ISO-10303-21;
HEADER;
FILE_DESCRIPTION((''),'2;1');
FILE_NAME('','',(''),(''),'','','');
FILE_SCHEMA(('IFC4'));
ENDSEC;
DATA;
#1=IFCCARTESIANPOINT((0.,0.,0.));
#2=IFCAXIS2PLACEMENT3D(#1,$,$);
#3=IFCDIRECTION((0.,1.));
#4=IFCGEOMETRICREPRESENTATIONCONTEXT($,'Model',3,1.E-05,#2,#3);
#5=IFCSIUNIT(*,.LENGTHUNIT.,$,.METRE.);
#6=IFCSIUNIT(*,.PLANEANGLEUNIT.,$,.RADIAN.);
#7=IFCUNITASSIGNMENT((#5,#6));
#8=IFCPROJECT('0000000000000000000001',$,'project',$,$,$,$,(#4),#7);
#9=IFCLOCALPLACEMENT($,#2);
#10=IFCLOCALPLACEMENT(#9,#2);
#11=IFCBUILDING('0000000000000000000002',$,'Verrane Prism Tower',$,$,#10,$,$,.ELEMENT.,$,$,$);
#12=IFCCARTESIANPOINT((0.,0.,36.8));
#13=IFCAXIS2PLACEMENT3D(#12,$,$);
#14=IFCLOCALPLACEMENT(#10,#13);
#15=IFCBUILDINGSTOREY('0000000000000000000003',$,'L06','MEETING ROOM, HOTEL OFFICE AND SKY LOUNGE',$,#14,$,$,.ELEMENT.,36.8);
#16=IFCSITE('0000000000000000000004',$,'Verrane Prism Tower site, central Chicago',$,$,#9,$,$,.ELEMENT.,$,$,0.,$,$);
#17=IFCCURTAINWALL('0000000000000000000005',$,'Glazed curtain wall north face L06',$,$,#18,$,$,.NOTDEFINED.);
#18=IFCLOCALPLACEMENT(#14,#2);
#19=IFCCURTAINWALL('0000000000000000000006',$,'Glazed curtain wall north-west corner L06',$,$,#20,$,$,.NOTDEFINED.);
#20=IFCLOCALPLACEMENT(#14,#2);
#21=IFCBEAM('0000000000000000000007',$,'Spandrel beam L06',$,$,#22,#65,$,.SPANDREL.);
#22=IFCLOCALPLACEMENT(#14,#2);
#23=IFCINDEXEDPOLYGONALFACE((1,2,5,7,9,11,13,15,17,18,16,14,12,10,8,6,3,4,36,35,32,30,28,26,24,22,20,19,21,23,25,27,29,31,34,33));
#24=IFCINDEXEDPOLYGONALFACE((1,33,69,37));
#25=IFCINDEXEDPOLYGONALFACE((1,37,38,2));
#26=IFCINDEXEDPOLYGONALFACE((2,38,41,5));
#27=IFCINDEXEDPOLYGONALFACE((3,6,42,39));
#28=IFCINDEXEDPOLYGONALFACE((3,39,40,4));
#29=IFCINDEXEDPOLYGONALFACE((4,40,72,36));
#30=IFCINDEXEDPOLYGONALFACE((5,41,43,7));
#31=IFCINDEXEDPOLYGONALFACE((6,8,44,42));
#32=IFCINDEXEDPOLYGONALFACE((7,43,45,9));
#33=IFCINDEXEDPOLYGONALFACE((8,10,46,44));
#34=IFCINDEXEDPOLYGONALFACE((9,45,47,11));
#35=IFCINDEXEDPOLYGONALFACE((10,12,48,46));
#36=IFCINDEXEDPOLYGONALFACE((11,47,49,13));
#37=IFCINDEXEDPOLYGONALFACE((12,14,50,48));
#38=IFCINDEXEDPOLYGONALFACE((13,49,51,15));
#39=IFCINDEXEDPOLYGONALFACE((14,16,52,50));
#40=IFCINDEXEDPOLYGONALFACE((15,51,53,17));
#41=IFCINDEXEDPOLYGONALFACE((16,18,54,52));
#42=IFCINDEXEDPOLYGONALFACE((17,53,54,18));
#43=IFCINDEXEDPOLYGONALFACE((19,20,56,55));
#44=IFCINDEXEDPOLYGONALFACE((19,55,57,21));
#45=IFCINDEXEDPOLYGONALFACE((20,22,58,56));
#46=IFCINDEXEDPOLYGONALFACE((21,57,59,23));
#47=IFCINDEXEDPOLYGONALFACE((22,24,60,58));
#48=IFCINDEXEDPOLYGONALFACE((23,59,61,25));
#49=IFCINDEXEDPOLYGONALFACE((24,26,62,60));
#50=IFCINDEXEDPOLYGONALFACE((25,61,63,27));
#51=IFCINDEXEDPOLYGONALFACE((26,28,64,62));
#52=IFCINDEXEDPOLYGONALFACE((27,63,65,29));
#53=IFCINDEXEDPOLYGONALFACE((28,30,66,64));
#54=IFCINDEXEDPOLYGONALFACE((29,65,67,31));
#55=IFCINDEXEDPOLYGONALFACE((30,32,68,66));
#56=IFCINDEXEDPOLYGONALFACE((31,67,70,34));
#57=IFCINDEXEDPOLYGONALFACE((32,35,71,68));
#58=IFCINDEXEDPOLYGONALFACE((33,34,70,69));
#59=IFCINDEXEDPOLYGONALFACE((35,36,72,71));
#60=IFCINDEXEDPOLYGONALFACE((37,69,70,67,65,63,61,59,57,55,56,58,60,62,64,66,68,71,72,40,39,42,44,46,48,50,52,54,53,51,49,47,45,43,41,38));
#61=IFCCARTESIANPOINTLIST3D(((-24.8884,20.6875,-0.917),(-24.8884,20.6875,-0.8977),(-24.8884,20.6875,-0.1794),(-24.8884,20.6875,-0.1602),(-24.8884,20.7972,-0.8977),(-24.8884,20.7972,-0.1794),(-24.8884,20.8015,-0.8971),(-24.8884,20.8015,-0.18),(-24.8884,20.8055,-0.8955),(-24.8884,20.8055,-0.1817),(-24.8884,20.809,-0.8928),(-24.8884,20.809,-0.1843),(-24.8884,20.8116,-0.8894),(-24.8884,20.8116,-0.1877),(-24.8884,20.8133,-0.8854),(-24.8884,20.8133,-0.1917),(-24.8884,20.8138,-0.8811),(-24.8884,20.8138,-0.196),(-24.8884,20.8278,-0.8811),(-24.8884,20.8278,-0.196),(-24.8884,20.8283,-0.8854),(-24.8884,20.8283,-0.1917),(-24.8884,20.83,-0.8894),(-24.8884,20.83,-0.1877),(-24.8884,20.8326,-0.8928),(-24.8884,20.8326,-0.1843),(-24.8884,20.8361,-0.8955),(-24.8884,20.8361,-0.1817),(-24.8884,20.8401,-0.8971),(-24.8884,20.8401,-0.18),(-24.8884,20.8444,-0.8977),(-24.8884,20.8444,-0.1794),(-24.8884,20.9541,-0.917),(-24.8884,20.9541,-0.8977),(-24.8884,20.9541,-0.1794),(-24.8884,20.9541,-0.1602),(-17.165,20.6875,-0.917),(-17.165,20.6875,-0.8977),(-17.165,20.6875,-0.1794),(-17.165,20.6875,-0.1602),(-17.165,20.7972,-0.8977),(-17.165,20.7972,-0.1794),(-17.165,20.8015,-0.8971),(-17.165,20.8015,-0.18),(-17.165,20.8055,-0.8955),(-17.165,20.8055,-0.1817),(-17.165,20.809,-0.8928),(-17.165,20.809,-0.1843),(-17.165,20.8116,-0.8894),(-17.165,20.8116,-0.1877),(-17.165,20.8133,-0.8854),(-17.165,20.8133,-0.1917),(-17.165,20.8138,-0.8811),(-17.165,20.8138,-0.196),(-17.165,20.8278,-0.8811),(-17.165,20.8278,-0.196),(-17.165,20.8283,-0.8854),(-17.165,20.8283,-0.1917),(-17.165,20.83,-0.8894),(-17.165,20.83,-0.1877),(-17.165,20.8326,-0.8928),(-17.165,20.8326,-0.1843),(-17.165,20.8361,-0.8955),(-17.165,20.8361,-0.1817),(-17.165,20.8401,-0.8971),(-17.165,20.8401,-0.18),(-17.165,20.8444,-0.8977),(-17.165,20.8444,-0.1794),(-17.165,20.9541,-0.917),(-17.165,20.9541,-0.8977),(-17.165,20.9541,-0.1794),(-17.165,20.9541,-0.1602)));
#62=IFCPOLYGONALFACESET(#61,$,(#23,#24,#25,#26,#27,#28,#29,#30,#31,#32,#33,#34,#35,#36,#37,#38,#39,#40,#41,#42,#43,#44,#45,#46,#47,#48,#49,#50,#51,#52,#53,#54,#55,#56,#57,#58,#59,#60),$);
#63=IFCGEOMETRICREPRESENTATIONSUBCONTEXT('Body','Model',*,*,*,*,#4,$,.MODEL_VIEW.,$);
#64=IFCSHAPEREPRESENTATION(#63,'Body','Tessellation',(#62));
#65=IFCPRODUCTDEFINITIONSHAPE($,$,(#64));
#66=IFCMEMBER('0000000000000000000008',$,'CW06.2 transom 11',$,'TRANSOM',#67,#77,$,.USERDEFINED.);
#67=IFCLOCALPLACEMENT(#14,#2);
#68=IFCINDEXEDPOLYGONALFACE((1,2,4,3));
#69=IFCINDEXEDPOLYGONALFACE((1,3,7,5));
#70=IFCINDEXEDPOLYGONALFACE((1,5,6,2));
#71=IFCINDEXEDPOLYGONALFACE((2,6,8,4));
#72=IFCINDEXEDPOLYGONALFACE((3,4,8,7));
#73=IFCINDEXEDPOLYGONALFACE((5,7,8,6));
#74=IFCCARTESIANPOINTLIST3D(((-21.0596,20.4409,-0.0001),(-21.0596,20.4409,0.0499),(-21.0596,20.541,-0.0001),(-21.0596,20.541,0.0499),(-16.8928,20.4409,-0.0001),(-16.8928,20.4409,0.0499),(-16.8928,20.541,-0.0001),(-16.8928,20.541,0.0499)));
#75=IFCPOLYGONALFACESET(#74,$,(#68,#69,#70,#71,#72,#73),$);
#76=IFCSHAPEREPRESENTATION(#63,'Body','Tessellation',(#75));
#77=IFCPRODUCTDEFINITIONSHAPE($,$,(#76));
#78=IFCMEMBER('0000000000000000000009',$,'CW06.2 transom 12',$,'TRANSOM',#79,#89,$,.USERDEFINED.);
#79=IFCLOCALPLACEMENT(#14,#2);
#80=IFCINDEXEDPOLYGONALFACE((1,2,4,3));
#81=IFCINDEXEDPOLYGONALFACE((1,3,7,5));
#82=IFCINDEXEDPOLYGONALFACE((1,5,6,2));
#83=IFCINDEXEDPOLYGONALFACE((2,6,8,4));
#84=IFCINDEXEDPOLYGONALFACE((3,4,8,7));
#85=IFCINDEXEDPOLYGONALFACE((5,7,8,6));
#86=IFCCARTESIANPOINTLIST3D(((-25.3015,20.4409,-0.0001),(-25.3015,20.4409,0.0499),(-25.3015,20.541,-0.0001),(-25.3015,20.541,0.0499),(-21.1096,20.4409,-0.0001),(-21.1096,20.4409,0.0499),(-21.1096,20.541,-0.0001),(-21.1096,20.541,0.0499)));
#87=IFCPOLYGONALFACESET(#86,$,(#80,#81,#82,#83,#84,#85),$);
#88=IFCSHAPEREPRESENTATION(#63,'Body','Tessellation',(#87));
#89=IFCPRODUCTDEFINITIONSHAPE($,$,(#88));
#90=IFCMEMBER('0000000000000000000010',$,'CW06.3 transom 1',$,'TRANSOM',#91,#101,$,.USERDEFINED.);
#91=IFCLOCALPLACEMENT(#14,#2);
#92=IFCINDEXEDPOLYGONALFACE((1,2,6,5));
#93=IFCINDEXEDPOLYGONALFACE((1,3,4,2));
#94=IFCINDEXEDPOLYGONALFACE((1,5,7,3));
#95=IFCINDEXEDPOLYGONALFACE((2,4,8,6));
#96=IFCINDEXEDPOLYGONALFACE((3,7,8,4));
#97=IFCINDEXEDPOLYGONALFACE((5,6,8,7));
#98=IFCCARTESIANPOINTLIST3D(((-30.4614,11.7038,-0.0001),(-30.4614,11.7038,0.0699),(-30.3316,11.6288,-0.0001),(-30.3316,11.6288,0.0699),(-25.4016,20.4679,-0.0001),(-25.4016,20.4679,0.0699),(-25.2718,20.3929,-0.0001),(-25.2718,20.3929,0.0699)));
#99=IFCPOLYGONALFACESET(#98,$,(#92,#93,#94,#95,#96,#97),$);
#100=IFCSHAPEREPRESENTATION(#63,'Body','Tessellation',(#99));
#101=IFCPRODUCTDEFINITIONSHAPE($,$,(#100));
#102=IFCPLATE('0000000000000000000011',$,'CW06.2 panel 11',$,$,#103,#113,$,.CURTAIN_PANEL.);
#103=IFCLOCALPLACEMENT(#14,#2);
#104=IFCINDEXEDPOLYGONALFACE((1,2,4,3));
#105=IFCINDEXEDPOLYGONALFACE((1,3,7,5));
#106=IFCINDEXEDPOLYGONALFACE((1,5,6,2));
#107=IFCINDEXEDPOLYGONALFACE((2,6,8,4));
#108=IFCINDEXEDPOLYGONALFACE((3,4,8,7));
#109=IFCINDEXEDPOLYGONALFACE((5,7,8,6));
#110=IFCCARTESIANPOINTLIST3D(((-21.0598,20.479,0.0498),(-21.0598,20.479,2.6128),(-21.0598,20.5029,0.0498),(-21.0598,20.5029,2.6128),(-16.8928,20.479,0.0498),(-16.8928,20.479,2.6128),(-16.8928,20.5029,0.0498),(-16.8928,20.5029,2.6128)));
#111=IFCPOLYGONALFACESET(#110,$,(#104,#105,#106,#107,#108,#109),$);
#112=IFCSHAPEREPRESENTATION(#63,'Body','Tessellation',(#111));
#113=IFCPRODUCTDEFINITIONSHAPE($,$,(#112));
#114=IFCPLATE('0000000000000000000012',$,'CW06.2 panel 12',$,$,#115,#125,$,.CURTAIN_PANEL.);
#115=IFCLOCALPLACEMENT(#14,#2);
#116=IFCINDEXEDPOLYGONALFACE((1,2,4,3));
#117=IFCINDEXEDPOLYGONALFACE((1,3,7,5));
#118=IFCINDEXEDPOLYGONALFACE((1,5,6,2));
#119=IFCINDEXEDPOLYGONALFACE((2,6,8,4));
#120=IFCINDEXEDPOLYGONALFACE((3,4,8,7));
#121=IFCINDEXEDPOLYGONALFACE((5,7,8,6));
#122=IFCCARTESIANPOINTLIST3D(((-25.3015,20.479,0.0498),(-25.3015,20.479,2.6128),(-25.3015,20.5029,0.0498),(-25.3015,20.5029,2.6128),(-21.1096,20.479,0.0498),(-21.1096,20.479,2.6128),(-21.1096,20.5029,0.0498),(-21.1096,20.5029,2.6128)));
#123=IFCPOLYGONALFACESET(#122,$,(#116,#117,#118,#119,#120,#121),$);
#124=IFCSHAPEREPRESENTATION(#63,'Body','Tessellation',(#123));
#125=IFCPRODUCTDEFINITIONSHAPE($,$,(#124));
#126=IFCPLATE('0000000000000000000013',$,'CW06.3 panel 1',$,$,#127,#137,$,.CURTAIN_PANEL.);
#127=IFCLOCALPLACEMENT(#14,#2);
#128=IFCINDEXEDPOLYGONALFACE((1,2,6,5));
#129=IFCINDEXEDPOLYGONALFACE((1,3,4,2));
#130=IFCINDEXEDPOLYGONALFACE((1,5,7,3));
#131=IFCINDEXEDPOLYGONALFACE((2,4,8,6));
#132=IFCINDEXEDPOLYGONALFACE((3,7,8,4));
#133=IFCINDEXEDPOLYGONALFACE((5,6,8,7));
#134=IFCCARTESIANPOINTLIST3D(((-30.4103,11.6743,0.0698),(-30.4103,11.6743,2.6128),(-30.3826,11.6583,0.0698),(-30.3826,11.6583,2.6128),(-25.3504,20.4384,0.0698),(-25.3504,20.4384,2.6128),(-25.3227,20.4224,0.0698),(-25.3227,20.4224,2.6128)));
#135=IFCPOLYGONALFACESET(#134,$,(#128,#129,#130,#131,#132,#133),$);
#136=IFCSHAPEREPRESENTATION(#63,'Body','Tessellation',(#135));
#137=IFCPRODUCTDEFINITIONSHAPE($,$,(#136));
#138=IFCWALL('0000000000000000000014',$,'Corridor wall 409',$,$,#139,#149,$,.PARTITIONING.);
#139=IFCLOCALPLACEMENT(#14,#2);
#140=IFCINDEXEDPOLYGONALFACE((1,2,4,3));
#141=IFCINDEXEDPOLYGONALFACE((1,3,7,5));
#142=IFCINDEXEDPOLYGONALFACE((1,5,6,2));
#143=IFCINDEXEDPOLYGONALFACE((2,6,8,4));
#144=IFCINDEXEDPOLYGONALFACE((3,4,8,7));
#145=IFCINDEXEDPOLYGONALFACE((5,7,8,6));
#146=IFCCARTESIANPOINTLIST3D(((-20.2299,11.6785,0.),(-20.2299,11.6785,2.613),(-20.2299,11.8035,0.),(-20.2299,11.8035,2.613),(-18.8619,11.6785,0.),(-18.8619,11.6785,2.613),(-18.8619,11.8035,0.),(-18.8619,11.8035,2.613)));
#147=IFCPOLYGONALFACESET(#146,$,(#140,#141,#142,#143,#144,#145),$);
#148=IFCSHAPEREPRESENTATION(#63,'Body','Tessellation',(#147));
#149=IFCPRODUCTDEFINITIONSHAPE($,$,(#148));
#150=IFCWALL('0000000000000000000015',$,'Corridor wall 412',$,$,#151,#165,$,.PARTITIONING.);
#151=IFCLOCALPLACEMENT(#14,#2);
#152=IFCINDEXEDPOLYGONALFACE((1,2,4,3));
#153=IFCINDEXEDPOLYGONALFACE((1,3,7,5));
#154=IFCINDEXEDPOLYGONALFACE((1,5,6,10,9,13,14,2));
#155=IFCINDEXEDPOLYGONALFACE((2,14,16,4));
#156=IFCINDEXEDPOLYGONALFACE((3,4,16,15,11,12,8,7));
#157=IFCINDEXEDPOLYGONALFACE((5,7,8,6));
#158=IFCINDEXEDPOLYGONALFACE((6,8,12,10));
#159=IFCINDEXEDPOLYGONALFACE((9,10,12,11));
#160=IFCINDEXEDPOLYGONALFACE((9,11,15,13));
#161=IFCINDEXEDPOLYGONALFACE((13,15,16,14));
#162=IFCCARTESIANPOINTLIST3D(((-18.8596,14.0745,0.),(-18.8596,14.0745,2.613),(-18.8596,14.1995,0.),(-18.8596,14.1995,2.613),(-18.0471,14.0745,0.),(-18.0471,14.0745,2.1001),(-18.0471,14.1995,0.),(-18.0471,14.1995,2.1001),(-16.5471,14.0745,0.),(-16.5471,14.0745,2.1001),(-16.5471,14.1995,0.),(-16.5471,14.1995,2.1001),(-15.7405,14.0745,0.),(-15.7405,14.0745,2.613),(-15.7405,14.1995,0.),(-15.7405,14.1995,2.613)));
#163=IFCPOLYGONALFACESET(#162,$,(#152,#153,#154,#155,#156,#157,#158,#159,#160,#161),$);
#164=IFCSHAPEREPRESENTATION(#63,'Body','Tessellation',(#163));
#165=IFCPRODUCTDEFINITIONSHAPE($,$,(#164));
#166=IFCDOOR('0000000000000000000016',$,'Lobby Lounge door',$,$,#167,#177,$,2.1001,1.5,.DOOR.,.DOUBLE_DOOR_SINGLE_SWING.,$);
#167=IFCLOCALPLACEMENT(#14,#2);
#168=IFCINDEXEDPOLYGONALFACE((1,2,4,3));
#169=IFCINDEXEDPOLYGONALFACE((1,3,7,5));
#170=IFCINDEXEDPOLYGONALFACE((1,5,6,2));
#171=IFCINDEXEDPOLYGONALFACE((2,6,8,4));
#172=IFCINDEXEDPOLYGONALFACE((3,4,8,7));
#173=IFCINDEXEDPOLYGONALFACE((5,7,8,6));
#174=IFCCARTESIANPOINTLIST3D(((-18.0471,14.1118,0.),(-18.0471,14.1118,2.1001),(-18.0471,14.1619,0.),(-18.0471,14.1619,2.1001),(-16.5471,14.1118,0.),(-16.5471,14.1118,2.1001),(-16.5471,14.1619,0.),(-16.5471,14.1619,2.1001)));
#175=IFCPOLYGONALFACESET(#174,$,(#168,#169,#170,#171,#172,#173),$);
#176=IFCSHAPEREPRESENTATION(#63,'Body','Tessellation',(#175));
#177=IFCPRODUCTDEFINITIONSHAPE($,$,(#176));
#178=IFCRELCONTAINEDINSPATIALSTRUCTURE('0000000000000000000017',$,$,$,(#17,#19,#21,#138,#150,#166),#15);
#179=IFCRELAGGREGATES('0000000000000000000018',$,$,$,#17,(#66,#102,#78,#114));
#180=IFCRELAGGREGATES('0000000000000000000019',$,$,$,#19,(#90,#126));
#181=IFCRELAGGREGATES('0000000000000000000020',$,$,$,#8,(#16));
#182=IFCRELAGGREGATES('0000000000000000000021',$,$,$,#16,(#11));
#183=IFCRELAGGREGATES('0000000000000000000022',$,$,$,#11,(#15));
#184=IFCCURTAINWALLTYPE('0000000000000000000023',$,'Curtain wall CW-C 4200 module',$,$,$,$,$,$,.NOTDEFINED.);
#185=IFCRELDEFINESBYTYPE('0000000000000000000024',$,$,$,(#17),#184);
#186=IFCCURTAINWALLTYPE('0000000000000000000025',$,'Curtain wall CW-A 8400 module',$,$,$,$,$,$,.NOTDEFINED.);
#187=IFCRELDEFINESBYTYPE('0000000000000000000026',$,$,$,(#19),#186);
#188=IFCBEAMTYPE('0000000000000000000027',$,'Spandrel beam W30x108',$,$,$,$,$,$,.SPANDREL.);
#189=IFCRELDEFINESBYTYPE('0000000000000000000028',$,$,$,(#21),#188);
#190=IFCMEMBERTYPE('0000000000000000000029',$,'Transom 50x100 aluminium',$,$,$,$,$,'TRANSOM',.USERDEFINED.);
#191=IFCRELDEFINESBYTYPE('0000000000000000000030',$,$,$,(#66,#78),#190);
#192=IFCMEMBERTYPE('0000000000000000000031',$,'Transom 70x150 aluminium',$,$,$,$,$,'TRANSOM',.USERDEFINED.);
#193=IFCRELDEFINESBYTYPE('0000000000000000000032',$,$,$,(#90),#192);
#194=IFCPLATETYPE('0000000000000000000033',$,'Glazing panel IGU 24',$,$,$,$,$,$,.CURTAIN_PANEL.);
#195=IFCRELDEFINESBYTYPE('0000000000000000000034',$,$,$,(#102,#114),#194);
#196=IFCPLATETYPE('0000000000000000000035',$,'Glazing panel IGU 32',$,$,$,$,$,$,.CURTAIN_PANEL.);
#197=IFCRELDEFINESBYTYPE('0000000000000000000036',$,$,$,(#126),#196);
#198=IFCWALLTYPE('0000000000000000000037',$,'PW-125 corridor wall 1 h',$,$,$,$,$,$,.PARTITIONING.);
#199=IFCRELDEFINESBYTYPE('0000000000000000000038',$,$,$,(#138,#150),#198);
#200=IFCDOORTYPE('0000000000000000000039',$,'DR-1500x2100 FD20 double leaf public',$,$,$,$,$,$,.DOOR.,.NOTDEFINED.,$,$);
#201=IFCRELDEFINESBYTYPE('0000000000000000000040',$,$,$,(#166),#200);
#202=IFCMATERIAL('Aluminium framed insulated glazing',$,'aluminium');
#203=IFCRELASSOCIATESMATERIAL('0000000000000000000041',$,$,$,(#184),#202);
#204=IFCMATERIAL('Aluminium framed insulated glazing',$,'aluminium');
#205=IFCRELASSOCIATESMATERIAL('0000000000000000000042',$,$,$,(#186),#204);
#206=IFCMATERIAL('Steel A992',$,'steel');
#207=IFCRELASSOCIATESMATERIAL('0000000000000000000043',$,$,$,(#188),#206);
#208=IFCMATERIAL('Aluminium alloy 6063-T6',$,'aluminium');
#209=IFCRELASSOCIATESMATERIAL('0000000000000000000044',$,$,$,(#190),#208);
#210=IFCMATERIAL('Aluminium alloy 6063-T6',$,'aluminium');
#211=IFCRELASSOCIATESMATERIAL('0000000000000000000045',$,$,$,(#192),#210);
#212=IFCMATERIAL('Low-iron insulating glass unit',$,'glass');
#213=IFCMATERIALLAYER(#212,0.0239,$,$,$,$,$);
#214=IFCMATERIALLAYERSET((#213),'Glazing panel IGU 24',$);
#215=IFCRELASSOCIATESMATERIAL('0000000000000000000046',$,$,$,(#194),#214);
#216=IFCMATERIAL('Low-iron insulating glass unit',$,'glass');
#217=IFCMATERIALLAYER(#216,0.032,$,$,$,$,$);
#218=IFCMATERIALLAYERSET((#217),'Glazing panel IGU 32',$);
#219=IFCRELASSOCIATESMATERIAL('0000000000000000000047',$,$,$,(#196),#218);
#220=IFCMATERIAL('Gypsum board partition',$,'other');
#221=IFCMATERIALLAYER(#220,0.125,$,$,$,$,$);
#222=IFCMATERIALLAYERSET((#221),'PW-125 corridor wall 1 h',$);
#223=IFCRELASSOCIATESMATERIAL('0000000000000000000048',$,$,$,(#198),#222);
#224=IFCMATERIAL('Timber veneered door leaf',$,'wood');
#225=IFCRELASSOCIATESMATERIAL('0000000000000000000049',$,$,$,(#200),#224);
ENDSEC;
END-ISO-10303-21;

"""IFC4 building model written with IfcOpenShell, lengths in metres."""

from ifc_helpers import new_model, si_unit, direction, frame, frame_2d, origin, origin_2d, place, context, subcontext, project, spatial, rectangle, i_section, extrude, material, layer, layer_set, material_profile, profile_set, type_object, element, fill, aggregate, save


model = new_model("IFC4")

# Units and contexts
model_context = context("Model", 3, precision=1e-05, world=origin(), true_north=direction((0.0, 1.0)))
body_context = subcontext(model_context, "Body", "Model", "MODEL_VIEW")
ifc_project = project(units=[si_unit("LENGTHUNIT", "METRE"), si_unit("PLANEANGLEUNIT", "RADIAN")], contexts=[model_context])

# Site, building, storey
site_placement = place(None, origin())
site = spatial("IfcSite", under=ifc_project, at=site_placement, Name="Verrane Prism Tower site, central Chicago", CompositionType="ELEMENT", RefElevation=0.0)
building_placement = place(site_placement, origin())
building = spatial("IfcBuilding", under=site, at=building_placement, Name="Verrane Prism Tower", CompositionType="ELEMENT")
storey_placement = place(building_placement, frame((0.0, 0.0, 36.8)))
storey = spatial("IfcBuildingStorey", under=building, at=storey_placement, Name="L06", Description="MEETING ROOM, HOTEL OFFICE AND SKY LOUNGE", CompositionType="ELEMENT", Elevation=36.8)

# Curtain wall
ifc_material_1 = material(Name="Aluminium framed insulated glazing", Category="aluminium")
curtain_wall_type_1 = type_object("IfcCurtainWallType", Name="Curtain wall CW-C 4200 module", PredefinedType="NOTDEFINED", material=ifc_material_1)
curtain_wall_1_placement = place(storey_placement, origin())
curtain_wall_1 = element("IfcCurtainWall", 1, at=curtain_wall_1_placement, inside=storey, type_object=curtain_wall_type_1, Name="Glazed curtain wall north face L06", PredefinedType="NOTDEFINED")

# Curtain wall
ifc_material_2 = material(Name="Aluminium framed insulated glazing", Category="aluminium")
curtain_wall_type_2 = type_object("IfcCurtainWallType", Name="Curtain wall CW-A 8400 module", PredefinedType="NOTDEFINED", material=ifc_material_2)
curtain_wall_2_placement = place(storey_placement, origin())
curtain_wall_2 = element("IfcCurtainWall", 2, at=curtain_wall_2_placement, inside=storey, type_object=curtain_wall_type_2, Name="Glazed curtain wall north-west corner L06", PredefinedType="NOTDEFINED")

# Beam
ifc_material_3 = material(Name="Steel A992", Category="steel")
ifc_material_profile_1 = material_profile(ifc_material_3, i_section(OverallWidth=0.2666, OverallDepth=0.7568, WebThickness=0.0139, FlangeThickness=0.0193, FilletRadius=0.0166, at=origin_2d()), Name="W30x108")
ifc_profile_set_1 = profile_set([ifc_material_profile_1], Name="Steel A992")
beam_type_1 = type_object("IfcBeamType", Name="Spandrel beam W30x108", PredefinedType="SPANDREL", material=ifc_profile_set_1)
beam_1_placement = place(storey_placement, frame((-17.165, 20.8208, -0.5386), z_axis=(-1.0, 0.0, 0.0), x_axis=(0.0, -1.0, 0.0)))
element("IfcBeam", 3, at=beam_1_placement, inside=storey, type_object=beam_type_1, Name="Spandrel beam L06", PredefinedType="SPANDREL", context=body_context, shape_type="SweptSolid", body=[
    extrude(i_section(OverallWidth=0.2666, OverallDepth=0.7568, WebThickness=0.0139, FlangeThickness=0.0193, FilletRadius=0.0166, at=origin_2d()), origin(), (0.0, 0.0, 1.0), 7.7234),
])

# Members
ifc_material_4 = material(Name="Aluminium alloy 6063-T6", Category="aluminium")
ifc_material_profile_2 = material_profile(ifc_material_4, rectangle(XDim=0.1001, YDim=0.05, at=origin_2d()), Name="Transom 50x100 aluminium")
ifc_profile_set_2 = profile_set([ifc_material_profile_2], Name="Aluminium alloy 6063-T6")
member_type_1 = type_object("IfcMemberType", Name="Transom 50x100 aluminium", ElementType="TRANSOM", PredefinedType="USERDEFINED", material=ifc_profile_set_2)
member_1_placement = place(storey_placement, frame((-16.8928, 20.491, 0.0249), z_axis=(-1.0, 0.0, 0.0), x_axis=(0.0, -1.0, 0.0)))
member_1 = element("IfcMember", 4, at=member_1_placement, type_object=member_type_1, Name="CW06.2 transom 11", ObjectType="TRANSOM", PredefinedType="USERDEFINED", context=body_context, shape_type="SweptSolid", body=[
    extrude(rectangle(XDim=0.1001, YDim=0.05, at=origin_2d()), origin(), (0.0, 0.0, 1.0), 4.1667),
])
member_2_placement = place(storey_placement, frame((-21.1096, 20.491, 0.0249), z_axis=(-1.0, 0.0, 0.0), x_axis=(0.0, -1.0, 0.0)))
member_2 = element("IfcMember", 5, at=member_2_placement, type_object=member_type_1, Name="CW06.2 transom 12", ObjectType="TRANSOM", PredefinedType="USERDEFINED", context=body_context, shape_type="SweptSolid", body=[
    extrude(rectangle(XDim=0.1001, YDim=0.05, at=origin_2d()), origin(), (0.0, 0.0, 1.0), 4.1919),
])
ifc_material_5 = material(Name="Aluminium alloy 6063-T6", Category="aluminium")
ifc_material_profile_3 = material_profile(ifc_material_5, rectangle(XDim=0.1499, YDim=0.0701, at=origin_2d()), Name="Transom 70x150 aluminium")
ifc_profile_set_3 = profile_set([ifc_material_profile_3], Name="Aluminium alloy 6063-T6")
member_type_2 = type_object("IfcMemberType", Name="Transom 70x150 aluminium", ElementType="TRANSOM", PredefinedType="USERDEFINED", material=ifc_profile_set_3)
member_3_placement = place(storey_placement, frame((-25.3367, 20.4304, 0.0349), z_axis=(-0.499987, -0.866033, 0.0), x_axis=(0.866033, -0.499987, 0.0)))
member_3 = element("IfcMember", 6, at=member_3_placement, type_object=member_type_2, Name="CW06.3 transom 1", ObjectType="TRANSOM", PredefinedType="USERDEFINED", context=body_context, shape_type="SweptSolid", body=[
    extrude(rectangle(XDim=0.1499, YDim=0.0701, at=origin_2d()), origin(), (0.0, 0.0, 1.0), 10.1199),
])

# Plates
ifc_material_6 = material(Name="Low-iron insulating glass unit", Category="glass")
ifc_layer_1 = layer(ifc_material_6, 0.0239)
ifc_layer_set_1 = layer_set([ifc_layer_1], Name="Glazing panel IGU 24")
plate_type_1 = type_object("IfcPlateType", Name="Glazing panel IGU 24", PredefinedType="CURTAIN_PANEL", material=ifc_layer_set_1)
plate_1_placement = place(storey_placement, frame((-18.9763, 20.491, 0.0498), z_axis=(0.0, 0.0, 1.0), x_axis=(-1.0, 0.0, 0.0)))
plate_1 = element("IfcPlate", 7, at=plate_1_placement, type_object=plate_type_1, Name="CW06.2 panel 11", PredefinedType="CURTAIN_PANEL", context=body_context, shape_type="SweptSolid", body=[
    extrude(rectangle(XDim=4.167, YDim=0.0239, at=origin_2d()), origin(), (0.0, 0.0, 1.0), 2.563),
])
plate_2_placement = place(storey_placement, frame((-23.2056, 20.491, 0.0498), z_axis=(0.0, 0.0, 1.0), x_axis=(-1.0, 0.0, 0.0)))
plate_2 = element("IfcPlate", 8, at=plate_2_placement, type_object=plate_type_1, Name="CW06.2 panel 12", PredefinedType="CURTAIN_PANEL", context=body_context, shape_type="SweptSolid", body=[
    extrude(rectangle(XDim=4.1919, YDim=0.0239, at=origin_2d()), origin(), (0.0, 0.0, 1.0), 2.563),
])
aggregate(curtain_wall_1, [member_1, plate_1, member_2, plate_2])
ifc_material_7 = material(Name="Low-iron insulating glass unit", Category="glass")
ifc_layer_2 = layer(ifc_material_7, 0.032)
ifc_layer_set_2 = layer_set([ifc_layer_2], Name="Glazing panel IGU 32")
plate_type_2 = type_object("IfcPlateType", Name="Glazing panel IGU 32", PredefinedType="CURTAIN_PANEL", material=ifc_layer_set_2)
plate_3_placement = place(storey_placement, frame((-27.8665, 16.0483, 0.0698), z_axis=(0.0, 0.0, 1.0), x_axis=(-0.499997, -0.866027, 0.0)))
plate_3 = element("IfcPlate", 9, at=plate_3_placement, type_object=plate_type_2, Name="CW06.3 panel 1", PredefinedType="CURTAIN_PANEL", context=body_context, shape_type="SweptSolid", body=[
    extrude(rectangle(XDim=10.1199, YDim=0.032, at=origin_2d()), origin(), (0.0, 0.0, 1.0), 2.543),
])
aggregate(curtain_wall_2, [member_3, plate_3])

# Wall
ifc_material_8 = material(Name="Gypsum board partition", Category="other")
ifc_layer_3 = layer(ifc_material_8, 0.125)
ifc_layer_set_3 = layer_set([ifc_layer_3], Name="PW-125 corridor wall 1 h")
wall_type_1 = type_object("IfcWallType", Name="PW-125 corridor wall 1 h", PredefinedType="PARTITIONING", material=ifc_layer_set_3)
wall_1_placement = place(storey_placement, frame((-20.23, 11.741, 0.0), z_axis=(0.0, 0.0, 1.0), x_axis=(1.0, 0.0, 0.0)))
element("IfcWall", 10, at=wall_1_placement, inside=storey, type_object=wall_type_1, Name="Corridor wall 409", PredefinedType="PARTITIONING", context=body_context, shape_type="SweptSolid", body=[
    extrude(rectangle(XDim=1.3679, YDim=0.125, at=frame_2d((0.6841, 0.0))), origin(), (0.0, 0.0, 1.0), 2.613),
])

# Wall, opening, door
wall_2_placement = place(storey_placement, frame((-18.8596, 14.137, 0.0), z_axis=(0.0, 0.0, 1.0), x_axis=(1.0, 0.0, 0.0)))
wall_2 = element("IfcWall", 11, at=wall_2_placement, inside=storey, type_object=wall_type_1, Name="Corridor wall 412", PredefinedType="PARTITIONING", context=body_context, shape_type="SweptSolid", body=[
    extrude(rectangle(XDim=3.1191, YDim=0.125, at=frame_2d((1.5596, 0.0))), origin(), (0.0, 0.0, 1.0), 2.613),
])
opening_placement = place(wall_2_placement, frame((0.8125, 0.0, 0.0)))
opening = element("IfcOpeningElement", 12, at=opening_placement, cuts=wall_2, PredefinedType="OPENING", context=body_context, shape_type="SweptSolid", body=[
    extrude(rectangle(XDim=1.5, YDim=2.1001, at=frame_2d((0.75, 1.05))), frame((0.0, 0.0725, 0.0), z_axis=(0.0, -1.0, 0.0), x_axis=(1.0, 0.0, 0.0)), (0.0, 0.0, 1.0), 0.145),
])
ifc_material_9 = material(Name="Timber veneered door leaf", Category="wood")
door_type = type_object("IfcDoorType", Name="DR-1500x2100 FD20 double leaf public", OperationType="NOTDEFINED", PredefinedType="DOOR", material=ifc_material_9)
door_placement = place(opening_placement, origin())
door = element("IfcDoor", 13, at=door_placement, inside=storey, type_object=door_type, Name="Lobby Lounge door", OperationType="DOUBLE_DOOR_SINGLE_SWING", OverallHeight=2.1001, OverallWidth=1.5, PredefinedType="DOOR", context=body_context, shape_type="SweptSolid", body=[
    extrude(rectangle(XDim=1.5, YDim=2.1001, at=frame_2d((0.75, 1.05))), frame((0.0, 0.0249, 0.0), z_axis=(0.0, -1.0, 0.0), x_axis=(1.0, 0.0, 0.0)), (0.0, 0.0, 1.0), 0.05),
])
fill(opening, door)

save(model, "model.ifc")
